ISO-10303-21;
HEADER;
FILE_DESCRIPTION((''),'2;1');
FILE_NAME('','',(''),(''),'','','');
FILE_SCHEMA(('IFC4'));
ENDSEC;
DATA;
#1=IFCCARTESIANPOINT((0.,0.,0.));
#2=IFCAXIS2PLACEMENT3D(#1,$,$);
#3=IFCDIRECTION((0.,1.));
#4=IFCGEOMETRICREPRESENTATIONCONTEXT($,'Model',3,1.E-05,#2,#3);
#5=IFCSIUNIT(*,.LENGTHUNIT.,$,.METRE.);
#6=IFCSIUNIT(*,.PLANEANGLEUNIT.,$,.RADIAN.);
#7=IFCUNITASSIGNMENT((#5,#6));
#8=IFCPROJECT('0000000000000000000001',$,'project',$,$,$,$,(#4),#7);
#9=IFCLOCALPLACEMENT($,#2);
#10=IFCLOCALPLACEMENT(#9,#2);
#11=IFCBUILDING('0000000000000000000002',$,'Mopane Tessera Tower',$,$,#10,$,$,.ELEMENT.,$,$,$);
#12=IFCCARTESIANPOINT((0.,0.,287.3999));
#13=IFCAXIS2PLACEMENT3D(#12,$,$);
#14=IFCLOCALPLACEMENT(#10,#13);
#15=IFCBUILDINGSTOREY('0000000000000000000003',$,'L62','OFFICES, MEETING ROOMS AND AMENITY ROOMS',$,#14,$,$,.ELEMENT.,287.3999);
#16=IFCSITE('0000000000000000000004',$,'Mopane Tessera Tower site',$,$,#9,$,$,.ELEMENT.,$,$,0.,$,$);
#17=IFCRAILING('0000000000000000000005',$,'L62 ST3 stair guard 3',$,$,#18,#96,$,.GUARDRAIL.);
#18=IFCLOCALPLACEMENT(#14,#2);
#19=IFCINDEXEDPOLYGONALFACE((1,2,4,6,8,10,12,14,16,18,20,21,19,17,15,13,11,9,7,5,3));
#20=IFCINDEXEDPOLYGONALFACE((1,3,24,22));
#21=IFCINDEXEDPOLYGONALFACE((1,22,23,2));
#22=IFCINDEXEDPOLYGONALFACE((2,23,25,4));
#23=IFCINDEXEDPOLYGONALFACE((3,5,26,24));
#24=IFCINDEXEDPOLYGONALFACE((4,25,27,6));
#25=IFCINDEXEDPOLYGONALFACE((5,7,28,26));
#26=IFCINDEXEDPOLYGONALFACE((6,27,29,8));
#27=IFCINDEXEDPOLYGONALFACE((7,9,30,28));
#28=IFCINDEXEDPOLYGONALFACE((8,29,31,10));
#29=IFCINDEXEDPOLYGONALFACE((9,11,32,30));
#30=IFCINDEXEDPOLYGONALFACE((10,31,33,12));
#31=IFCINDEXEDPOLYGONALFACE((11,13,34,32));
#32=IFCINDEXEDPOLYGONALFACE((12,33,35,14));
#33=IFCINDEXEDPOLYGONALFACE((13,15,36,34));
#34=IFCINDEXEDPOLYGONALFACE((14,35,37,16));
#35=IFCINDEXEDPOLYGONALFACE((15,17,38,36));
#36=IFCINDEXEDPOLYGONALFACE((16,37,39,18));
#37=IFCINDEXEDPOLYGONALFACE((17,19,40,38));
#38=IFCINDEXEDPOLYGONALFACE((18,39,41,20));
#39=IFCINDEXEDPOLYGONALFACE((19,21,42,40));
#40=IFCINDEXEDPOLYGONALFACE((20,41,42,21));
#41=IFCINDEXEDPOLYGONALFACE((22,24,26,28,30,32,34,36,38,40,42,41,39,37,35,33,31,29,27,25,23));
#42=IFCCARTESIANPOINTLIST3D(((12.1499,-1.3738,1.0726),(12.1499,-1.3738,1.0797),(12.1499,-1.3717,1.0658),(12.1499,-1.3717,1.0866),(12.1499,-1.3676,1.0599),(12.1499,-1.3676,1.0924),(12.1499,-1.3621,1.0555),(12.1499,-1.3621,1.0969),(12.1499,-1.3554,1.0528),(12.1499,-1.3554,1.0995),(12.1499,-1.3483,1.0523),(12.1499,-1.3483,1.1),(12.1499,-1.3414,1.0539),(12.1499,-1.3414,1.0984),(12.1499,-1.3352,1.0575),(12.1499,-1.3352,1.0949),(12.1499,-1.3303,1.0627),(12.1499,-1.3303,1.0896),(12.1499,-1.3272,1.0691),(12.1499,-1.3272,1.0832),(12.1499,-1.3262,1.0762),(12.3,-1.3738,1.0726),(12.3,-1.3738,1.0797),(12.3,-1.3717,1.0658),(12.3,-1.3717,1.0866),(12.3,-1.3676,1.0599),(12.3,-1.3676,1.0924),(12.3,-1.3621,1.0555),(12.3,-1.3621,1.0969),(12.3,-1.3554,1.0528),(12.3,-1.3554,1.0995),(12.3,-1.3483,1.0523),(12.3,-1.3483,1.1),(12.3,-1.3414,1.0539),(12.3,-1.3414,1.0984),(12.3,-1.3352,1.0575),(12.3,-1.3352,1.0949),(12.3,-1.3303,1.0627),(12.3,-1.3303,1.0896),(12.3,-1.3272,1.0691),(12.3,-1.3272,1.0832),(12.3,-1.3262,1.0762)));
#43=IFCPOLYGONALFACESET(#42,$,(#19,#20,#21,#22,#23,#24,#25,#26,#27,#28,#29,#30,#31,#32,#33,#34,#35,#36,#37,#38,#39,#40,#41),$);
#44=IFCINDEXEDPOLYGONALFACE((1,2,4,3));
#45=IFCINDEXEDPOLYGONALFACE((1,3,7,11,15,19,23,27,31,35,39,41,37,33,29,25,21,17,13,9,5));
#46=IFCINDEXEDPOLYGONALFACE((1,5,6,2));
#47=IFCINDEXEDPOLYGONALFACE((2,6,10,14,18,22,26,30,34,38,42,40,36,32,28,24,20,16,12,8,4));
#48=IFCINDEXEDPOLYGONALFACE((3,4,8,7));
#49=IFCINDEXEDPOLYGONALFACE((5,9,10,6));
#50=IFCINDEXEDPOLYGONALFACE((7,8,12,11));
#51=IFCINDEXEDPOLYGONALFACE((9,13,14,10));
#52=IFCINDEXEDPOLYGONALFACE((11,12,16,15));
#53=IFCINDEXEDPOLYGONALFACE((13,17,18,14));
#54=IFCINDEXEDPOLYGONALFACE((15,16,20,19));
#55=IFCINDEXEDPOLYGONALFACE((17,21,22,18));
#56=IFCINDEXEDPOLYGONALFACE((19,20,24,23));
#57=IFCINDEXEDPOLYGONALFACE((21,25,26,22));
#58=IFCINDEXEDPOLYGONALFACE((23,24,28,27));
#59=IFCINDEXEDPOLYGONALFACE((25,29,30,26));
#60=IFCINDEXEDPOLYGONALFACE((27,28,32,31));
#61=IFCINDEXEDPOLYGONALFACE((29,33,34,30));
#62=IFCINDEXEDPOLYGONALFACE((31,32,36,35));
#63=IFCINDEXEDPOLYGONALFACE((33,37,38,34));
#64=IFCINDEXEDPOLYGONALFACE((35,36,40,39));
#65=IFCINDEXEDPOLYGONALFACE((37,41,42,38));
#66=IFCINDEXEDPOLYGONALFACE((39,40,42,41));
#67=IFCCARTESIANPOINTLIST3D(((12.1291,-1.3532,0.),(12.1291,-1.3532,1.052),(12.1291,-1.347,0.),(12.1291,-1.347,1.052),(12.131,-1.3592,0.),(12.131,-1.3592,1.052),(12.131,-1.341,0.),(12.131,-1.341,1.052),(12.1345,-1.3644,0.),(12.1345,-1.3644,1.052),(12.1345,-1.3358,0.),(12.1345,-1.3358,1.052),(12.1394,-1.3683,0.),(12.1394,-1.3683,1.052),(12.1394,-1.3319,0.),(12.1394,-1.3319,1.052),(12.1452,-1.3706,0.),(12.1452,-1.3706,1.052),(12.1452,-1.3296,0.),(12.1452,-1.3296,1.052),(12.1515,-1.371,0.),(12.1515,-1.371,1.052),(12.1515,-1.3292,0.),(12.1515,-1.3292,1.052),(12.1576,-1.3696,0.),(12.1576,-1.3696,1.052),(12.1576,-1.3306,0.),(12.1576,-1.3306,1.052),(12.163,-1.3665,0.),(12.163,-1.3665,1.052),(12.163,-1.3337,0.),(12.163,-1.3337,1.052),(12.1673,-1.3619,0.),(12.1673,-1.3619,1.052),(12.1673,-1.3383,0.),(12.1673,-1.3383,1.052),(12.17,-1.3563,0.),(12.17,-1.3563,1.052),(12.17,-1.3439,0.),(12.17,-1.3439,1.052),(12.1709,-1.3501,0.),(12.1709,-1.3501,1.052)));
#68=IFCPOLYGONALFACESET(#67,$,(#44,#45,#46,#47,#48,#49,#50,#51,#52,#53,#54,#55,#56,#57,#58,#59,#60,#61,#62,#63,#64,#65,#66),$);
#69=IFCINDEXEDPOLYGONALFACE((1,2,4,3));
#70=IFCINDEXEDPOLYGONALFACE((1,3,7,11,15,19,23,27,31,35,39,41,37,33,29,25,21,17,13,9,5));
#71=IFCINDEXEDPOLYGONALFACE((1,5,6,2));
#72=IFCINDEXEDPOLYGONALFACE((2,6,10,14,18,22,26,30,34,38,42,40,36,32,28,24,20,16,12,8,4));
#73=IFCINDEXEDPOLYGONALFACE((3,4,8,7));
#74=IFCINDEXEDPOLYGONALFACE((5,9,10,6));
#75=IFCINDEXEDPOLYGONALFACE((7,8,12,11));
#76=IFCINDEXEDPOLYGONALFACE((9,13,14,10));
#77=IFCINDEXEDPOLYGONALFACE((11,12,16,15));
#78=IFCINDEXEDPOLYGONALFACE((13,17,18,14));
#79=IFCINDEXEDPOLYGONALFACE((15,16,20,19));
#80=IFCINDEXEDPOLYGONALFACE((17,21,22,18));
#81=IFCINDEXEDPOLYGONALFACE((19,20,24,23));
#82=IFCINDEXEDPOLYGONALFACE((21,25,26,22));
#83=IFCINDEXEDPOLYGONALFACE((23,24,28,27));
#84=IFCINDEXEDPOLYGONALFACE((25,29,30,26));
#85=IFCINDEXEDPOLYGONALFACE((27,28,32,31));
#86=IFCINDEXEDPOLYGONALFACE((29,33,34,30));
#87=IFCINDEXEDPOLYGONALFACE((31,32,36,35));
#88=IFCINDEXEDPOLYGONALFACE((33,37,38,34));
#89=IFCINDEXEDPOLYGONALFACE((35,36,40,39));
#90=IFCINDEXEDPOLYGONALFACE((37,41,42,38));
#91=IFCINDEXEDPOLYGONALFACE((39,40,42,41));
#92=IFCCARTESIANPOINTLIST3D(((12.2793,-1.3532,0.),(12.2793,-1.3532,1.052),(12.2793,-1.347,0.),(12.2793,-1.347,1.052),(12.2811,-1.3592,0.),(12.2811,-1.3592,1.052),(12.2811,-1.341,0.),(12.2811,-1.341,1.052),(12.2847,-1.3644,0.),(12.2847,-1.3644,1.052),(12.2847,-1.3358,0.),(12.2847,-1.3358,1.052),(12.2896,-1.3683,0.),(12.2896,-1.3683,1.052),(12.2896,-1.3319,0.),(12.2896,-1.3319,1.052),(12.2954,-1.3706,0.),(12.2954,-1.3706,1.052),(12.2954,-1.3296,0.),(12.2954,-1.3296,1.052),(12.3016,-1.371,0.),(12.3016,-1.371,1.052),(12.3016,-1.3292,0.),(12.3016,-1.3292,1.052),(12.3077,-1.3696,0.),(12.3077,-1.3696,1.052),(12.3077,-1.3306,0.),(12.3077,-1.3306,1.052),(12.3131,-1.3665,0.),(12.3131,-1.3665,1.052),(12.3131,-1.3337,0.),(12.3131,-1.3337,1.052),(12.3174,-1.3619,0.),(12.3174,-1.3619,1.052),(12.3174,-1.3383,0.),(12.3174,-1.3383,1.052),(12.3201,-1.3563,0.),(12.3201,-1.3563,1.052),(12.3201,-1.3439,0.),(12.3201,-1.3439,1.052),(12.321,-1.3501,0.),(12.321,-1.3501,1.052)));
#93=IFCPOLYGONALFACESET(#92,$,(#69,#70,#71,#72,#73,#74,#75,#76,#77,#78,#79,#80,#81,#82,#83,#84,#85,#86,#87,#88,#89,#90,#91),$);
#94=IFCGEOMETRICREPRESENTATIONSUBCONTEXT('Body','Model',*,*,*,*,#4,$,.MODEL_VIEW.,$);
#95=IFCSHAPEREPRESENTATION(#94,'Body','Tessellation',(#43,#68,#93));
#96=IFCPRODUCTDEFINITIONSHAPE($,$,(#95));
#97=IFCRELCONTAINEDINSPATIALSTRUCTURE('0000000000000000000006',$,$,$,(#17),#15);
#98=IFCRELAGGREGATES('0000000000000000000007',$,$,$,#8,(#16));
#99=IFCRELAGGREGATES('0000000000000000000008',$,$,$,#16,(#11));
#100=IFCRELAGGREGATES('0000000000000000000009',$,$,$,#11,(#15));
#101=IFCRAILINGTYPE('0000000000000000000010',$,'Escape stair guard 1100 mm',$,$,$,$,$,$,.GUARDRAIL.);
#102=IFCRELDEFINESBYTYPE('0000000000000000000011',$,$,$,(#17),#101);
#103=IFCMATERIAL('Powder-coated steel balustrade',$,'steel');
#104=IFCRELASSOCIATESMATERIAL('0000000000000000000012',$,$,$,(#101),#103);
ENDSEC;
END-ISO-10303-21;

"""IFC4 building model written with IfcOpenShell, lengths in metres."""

from ifc_helpers import new_model, si_unit, direction, frame, origin, origin_2d, place, context, subcontext, project, spatial, circle, extrude, material, type_object, element, save


model = new_model("IFC4")

# Units and contexts
model_context = context("Model", 3, precision=1e-05, world=origin(), true_north=direction((0.0, 1.0)))
body_context = subcontext(model_context, "Body", "Model", "MODEL_VIEW")
ifc_project = project(units=[si_unit("LENGTHUNIT", "METRE"), si_unit("PLANEANGLEUNIT", "RADIAN")], contexts=[model_context])

# Site, building, storey
site_placement = place(None, origin())
site = spatial("IfcSite", under=ifc_project, at=site_placement, Name="Mopane Tessera Tower site", CompositionType="ELEMENT", RefElevation=0.0)
building_placement = place(site_placement, origin())
building = spatial("IfcBuilding", under=site, at=building_placement, Name="Mopane Tessera Tower", CompositionType="ELEMENT")
storey_placement = place(building_placement, frame((0.0, 0.0, 287.3999)))
storey = spatial("IfcBuildingStorey", under=building, at=storey_placement, Name="L62", Description="OFFICES, MEETING ROOMS AND AMENITY ROOMS", CompositionType="ELEMENT", Elevation=287.3999)

# Railing
ifc_material_1 = material(Name="Powder-coated steel balustrade", Category="steel")
railing_type_1 = type_object("IfcRailingType", Name="Escape stair guard 1100 mm", PredefinedType="GUARDRAIL", material=ifc_material_1)
railing_1_placement = place(storey_placement, frame((12.1499, -1.3501, 0.0)))
element("IfcRailing", 1, at=railing_1_placement, inside=storey, type_object=railing_type_1, Name="L62 ST3 stair guard 3", PredefinedType="GUARDRAIL", context=body_context, shape_type="SweptSolid", body=[
    extrude(circle(Radius=0.0239, at=origin_2d()), frame((0.0, 0.0, 1.0762), z_axis=(1.0, 0.0, 0.0), x_axis=(0.0, 1.0, 0.0)), (0.0, 0.0, 1.0), 0.1501),
    extrude(circle(Radius=0.021, at=origin_2d()), origin(), (0.0, 0.0, 1.0), 1.052),
    extrude(circle(Radius=0.021, at=origin_2d()), frame((0.1501, 0.0, 0.0)), (0.0, 0.0, 1.0), 1.052),
])

save(model, "model.ifc")
